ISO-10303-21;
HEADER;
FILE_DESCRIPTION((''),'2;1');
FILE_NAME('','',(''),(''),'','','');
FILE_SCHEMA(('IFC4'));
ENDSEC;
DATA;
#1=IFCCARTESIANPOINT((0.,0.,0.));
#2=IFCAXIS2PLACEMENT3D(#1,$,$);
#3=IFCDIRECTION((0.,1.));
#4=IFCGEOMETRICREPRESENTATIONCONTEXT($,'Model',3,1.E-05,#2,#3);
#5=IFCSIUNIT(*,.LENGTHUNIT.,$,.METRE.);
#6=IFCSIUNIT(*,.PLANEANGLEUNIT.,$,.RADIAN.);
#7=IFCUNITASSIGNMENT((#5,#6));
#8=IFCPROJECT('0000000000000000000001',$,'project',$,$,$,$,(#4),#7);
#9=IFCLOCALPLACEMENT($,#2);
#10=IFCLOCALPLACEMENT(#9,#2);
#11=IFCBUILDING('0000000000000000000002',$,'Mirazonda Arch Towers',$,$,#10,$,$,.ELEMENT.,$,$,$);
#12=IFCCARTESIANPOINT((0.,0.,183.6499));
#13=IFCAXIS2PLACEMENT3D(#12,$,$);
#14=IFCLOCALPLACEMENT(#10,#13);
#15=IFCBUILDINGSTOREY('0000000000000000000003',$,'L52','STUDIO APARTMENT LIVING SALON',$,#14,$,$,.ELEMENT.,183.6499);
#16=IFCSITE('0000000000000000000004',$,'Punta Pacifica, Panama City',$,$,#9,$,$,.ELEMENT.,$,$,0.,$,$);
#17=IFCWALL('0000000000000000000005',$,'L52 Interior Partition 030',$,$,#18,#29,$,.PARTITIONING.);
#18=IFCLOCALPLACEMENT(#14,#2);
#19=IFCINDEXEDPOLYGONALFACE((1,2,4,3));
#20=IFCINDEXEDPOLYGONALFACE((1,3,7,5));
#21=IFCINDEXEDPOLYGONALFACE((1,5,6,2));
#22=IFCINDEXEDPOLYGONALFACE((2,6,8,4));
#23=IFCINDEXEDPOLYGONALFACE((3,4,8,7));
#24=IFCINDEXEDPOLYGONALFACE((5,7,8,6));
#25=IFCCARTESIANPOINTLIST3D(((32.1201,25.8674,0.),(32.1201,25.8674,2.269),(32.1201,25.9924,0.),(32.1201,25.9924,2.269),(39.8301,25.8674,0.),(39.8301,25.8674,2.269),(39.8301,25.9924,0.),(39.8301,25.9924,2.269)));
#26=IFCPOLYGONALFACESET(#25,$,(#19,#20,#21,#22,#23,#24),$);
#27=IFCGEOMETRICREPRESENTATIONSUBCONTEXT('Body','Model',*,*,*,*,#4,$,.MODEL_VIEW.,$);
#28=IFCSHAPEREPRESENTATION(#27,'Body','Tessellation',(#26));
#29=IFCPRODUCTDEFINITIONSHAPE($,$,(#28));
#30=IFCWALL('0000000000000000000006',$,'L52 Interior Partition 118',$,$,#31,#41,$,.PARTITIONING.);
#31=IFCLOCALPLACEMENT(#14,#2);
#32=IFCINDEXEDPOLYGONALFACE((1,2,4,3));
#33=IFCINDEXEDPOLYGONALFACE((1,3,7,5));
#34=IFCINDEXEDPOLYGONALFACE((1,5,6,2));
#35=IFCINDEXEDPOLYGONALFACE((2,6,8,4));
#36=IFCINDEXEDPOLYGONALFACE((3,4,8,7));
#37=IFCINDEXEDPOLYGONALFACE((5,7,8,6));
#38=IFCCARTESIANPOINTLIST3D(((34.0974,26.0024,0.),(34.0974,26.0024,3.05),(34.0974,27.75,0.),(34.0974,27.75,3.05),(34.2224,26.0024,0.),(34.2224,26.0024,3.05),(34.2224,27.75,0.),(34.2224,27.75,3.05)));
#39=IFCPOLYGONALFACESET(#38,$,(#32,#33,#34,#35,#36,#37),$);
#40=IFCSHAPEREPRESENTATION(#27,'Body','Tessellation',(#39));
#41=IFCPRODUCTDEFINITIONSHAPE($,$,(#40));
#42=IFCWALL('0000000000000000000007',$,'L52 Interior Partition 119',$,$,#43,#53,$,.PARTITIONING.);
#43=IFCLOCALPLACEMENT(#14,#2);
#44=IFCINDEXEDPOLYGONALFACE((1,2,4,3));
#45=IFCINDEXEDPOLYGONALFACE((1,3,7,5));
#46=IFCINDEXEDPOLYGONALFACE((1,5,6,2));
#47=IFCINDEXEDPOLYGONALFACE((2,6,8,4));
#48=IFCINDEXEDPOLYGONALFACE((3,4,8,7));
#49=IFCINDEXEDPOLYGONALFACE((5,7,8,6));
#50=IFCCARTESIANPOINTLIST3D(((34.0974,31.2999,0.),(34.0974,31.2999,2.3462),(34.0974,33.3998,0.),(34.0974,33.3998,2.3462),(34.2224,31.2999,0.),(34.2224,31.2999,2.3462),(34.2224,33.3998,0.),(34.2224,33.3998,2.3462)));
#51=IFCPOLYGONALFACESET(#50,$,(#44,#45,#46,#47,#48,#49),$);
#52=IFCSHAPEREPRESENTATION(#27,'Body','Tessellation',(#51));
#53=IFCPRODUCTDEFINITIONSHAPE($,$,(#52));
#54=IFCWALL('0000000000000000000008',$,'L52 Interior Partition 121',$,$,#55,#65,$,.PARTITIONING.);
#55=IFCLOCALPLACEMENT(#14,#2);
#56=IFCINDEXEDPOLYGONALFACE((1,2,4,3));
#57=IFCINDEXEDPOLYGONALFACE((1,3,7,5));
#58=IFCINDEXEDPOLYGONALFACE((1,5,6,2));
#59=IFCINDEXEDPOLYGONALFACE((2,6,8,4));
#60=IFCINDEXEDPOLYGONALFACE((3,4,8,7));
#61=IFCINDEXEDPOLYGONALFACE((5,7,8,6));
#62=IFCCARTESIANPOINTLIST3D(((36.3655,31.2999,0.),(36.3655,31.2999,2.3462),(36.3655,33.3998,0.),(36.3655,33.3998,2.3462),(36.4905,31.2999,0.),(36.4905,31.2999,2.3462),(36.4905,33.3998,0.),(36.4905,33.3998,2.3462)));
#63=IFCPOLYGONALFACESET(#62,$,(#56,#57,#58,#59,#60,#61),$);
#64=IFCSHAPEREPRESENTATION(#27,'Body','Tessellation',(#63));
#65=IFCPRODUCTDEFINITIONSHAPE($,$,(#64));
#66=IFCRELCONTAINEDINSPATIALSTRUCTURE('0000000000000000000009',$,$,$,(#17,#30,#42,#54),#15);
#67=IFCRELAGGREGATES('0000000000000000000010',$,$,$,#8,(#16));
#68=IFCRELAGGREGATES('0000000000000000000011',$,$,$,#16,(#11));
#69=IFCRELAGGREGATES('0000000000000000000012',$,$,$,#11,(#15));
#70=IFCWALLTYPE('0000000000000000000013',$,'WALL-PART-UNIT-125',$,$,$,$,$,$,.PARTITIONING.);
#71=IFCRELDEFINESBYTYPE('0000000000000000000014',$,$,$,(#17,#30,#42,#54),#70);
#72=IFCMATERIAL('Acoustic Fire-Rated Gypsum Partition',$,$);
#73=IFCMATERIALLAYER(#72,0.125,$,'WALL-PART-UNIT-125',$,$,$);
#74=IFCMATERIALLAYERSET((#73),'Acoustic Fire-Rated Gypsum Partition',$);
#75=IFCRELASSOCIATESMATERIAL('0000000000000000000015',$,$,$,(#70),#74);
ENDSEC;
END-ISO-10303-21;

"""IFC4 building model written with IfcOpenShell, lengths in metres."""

from ifc_helpers import new_model, si_unit, direction, frame, frame_2d, origin, place, context, subcontext, project, spatial, rectangle, extrude, material, layer, layer_set, type_object, element, save


model = new_model("IFC4")

# Units and contexts
model_context = context("Model", 3, precision=1e-05, world=origin(), true_north=direction((0.0, 1.0)))
body_context = subcontext(model_context, "Body", "Model", "MODEL_VIEW")
ifc_project = project(units=[si_unit("LENGTHUNIT", "METRE"), si_unit("PLANEANGLEUNIT", "RADIAN")], contexts=[model_context])

# Site, building, storey
site_placement = place(None, origin())
site = spatial("IfcSite", under=ifc_project, at=site_placement, Name="Punta Pacifica, Panama City", CompositionType="ELEMENT", RefElevation=0.0)
building_placement = place(site_placement, origin())
building = spatial("IfcBuilding", under=site, at=building_placement, Name="Mirazonda Arch Towers", CompositionType="ELEMENT")
storey_placement = place(building_placement, frame((0.0, 0.0, 183.6499)))
storey = spatial("IfcBuildingStorey", under=building, at=storey_placement, Name="L52", Description="STUDIO APARTMENT LIVING SALON", CompositionType="ELEMENT", Elevation=183.6499)

# Walls
ifc_material_1 = material(Name="Acoustic Fire-Rated Gypsum Partition")
ifc_layer_1 = layer(ifc_material_1, 0.125, Name="WALL-PART-UNIT-125")
ifc_layer_set_1 = layer_set([ifc_layer_1], Name="Acoustic Fire-Rated Gypsum Partition")
wall_type_1 = type_object("IfcWallType", Name="WALL-PART-UNIT-125", PredefinedType="PARTITIONING", material=ifc_layer_set_1)
wall_1_placement = place(storey_placement, frame((32.1201, 25.9299, 0.0), z_axis=(0.0, 0.0, 1.0), x_axis=(1.0, 0.0, 0.0)))
element("IfcWall", 1, at=wall_1_placement, inside=storey, type_object=wall_type_1, Name="L52 Interior Partition 030", PredefinedType="PARTITIONING", context=body_context, shape_type="SweptSolid", body=[
    extrude(rectangle(XDim=7.71, YDim=0.125, at=frame_2d((3.855, 0.0))), origin(), (0.0, 0.0, 1.0), 2.269),
])
wall_2_placement = place(storey_placement, frame((34.1599, 26.0024, 0.0), z_axis=(0.0, 0.0, 1.0), x_axis=(0.0, 1.0, 0.0)))
element("IfcWall", 2, at=wall_2_placement, inside=storey, type_object=wall_type_1, Name="L52 Interior Partition 118", PredefinedType="PARTITIONING", context=body_context, shape_type="SweptSolid", body=[
    extrude(rectangle(XDim=1.7476, YDim=0.125, at=frame_2d((0.8738, 0.0))), origin(), (0.0, 0.0, 1.0), 3.05),
])
for number, where, z_axis, x_axis, name in (
    (3, (34.1599, 31.3, 0.0), (0.0, 0.0, 1.0), (0.0, 1.0, 0.0), "L52 Interior Partition 119"),
    (4, (36.428, 31.3, 0.0), (0.0, 0.0, 1.0), (0.0, 1.0, 0.0), "L52 Interior Partition 121"),
):
    element("IfcWall", number, at=place(storey_placement, frame(where, z_axis=z_axis, x_axis=x_axis)), inside=storey, type_object=wall_type_1, Name=name, PredefinedType="PARTITIONING", context=body_context, shape_type="SweptSolid", body=[
        extrude(rectangle(XDim=2.0999, YDim=0.125, at=frame_2d((1.0498, 0.0))), origin(), (0.0, 0.0, 1.0), 2.3462),
    ])

save(model, "model.ifc")
